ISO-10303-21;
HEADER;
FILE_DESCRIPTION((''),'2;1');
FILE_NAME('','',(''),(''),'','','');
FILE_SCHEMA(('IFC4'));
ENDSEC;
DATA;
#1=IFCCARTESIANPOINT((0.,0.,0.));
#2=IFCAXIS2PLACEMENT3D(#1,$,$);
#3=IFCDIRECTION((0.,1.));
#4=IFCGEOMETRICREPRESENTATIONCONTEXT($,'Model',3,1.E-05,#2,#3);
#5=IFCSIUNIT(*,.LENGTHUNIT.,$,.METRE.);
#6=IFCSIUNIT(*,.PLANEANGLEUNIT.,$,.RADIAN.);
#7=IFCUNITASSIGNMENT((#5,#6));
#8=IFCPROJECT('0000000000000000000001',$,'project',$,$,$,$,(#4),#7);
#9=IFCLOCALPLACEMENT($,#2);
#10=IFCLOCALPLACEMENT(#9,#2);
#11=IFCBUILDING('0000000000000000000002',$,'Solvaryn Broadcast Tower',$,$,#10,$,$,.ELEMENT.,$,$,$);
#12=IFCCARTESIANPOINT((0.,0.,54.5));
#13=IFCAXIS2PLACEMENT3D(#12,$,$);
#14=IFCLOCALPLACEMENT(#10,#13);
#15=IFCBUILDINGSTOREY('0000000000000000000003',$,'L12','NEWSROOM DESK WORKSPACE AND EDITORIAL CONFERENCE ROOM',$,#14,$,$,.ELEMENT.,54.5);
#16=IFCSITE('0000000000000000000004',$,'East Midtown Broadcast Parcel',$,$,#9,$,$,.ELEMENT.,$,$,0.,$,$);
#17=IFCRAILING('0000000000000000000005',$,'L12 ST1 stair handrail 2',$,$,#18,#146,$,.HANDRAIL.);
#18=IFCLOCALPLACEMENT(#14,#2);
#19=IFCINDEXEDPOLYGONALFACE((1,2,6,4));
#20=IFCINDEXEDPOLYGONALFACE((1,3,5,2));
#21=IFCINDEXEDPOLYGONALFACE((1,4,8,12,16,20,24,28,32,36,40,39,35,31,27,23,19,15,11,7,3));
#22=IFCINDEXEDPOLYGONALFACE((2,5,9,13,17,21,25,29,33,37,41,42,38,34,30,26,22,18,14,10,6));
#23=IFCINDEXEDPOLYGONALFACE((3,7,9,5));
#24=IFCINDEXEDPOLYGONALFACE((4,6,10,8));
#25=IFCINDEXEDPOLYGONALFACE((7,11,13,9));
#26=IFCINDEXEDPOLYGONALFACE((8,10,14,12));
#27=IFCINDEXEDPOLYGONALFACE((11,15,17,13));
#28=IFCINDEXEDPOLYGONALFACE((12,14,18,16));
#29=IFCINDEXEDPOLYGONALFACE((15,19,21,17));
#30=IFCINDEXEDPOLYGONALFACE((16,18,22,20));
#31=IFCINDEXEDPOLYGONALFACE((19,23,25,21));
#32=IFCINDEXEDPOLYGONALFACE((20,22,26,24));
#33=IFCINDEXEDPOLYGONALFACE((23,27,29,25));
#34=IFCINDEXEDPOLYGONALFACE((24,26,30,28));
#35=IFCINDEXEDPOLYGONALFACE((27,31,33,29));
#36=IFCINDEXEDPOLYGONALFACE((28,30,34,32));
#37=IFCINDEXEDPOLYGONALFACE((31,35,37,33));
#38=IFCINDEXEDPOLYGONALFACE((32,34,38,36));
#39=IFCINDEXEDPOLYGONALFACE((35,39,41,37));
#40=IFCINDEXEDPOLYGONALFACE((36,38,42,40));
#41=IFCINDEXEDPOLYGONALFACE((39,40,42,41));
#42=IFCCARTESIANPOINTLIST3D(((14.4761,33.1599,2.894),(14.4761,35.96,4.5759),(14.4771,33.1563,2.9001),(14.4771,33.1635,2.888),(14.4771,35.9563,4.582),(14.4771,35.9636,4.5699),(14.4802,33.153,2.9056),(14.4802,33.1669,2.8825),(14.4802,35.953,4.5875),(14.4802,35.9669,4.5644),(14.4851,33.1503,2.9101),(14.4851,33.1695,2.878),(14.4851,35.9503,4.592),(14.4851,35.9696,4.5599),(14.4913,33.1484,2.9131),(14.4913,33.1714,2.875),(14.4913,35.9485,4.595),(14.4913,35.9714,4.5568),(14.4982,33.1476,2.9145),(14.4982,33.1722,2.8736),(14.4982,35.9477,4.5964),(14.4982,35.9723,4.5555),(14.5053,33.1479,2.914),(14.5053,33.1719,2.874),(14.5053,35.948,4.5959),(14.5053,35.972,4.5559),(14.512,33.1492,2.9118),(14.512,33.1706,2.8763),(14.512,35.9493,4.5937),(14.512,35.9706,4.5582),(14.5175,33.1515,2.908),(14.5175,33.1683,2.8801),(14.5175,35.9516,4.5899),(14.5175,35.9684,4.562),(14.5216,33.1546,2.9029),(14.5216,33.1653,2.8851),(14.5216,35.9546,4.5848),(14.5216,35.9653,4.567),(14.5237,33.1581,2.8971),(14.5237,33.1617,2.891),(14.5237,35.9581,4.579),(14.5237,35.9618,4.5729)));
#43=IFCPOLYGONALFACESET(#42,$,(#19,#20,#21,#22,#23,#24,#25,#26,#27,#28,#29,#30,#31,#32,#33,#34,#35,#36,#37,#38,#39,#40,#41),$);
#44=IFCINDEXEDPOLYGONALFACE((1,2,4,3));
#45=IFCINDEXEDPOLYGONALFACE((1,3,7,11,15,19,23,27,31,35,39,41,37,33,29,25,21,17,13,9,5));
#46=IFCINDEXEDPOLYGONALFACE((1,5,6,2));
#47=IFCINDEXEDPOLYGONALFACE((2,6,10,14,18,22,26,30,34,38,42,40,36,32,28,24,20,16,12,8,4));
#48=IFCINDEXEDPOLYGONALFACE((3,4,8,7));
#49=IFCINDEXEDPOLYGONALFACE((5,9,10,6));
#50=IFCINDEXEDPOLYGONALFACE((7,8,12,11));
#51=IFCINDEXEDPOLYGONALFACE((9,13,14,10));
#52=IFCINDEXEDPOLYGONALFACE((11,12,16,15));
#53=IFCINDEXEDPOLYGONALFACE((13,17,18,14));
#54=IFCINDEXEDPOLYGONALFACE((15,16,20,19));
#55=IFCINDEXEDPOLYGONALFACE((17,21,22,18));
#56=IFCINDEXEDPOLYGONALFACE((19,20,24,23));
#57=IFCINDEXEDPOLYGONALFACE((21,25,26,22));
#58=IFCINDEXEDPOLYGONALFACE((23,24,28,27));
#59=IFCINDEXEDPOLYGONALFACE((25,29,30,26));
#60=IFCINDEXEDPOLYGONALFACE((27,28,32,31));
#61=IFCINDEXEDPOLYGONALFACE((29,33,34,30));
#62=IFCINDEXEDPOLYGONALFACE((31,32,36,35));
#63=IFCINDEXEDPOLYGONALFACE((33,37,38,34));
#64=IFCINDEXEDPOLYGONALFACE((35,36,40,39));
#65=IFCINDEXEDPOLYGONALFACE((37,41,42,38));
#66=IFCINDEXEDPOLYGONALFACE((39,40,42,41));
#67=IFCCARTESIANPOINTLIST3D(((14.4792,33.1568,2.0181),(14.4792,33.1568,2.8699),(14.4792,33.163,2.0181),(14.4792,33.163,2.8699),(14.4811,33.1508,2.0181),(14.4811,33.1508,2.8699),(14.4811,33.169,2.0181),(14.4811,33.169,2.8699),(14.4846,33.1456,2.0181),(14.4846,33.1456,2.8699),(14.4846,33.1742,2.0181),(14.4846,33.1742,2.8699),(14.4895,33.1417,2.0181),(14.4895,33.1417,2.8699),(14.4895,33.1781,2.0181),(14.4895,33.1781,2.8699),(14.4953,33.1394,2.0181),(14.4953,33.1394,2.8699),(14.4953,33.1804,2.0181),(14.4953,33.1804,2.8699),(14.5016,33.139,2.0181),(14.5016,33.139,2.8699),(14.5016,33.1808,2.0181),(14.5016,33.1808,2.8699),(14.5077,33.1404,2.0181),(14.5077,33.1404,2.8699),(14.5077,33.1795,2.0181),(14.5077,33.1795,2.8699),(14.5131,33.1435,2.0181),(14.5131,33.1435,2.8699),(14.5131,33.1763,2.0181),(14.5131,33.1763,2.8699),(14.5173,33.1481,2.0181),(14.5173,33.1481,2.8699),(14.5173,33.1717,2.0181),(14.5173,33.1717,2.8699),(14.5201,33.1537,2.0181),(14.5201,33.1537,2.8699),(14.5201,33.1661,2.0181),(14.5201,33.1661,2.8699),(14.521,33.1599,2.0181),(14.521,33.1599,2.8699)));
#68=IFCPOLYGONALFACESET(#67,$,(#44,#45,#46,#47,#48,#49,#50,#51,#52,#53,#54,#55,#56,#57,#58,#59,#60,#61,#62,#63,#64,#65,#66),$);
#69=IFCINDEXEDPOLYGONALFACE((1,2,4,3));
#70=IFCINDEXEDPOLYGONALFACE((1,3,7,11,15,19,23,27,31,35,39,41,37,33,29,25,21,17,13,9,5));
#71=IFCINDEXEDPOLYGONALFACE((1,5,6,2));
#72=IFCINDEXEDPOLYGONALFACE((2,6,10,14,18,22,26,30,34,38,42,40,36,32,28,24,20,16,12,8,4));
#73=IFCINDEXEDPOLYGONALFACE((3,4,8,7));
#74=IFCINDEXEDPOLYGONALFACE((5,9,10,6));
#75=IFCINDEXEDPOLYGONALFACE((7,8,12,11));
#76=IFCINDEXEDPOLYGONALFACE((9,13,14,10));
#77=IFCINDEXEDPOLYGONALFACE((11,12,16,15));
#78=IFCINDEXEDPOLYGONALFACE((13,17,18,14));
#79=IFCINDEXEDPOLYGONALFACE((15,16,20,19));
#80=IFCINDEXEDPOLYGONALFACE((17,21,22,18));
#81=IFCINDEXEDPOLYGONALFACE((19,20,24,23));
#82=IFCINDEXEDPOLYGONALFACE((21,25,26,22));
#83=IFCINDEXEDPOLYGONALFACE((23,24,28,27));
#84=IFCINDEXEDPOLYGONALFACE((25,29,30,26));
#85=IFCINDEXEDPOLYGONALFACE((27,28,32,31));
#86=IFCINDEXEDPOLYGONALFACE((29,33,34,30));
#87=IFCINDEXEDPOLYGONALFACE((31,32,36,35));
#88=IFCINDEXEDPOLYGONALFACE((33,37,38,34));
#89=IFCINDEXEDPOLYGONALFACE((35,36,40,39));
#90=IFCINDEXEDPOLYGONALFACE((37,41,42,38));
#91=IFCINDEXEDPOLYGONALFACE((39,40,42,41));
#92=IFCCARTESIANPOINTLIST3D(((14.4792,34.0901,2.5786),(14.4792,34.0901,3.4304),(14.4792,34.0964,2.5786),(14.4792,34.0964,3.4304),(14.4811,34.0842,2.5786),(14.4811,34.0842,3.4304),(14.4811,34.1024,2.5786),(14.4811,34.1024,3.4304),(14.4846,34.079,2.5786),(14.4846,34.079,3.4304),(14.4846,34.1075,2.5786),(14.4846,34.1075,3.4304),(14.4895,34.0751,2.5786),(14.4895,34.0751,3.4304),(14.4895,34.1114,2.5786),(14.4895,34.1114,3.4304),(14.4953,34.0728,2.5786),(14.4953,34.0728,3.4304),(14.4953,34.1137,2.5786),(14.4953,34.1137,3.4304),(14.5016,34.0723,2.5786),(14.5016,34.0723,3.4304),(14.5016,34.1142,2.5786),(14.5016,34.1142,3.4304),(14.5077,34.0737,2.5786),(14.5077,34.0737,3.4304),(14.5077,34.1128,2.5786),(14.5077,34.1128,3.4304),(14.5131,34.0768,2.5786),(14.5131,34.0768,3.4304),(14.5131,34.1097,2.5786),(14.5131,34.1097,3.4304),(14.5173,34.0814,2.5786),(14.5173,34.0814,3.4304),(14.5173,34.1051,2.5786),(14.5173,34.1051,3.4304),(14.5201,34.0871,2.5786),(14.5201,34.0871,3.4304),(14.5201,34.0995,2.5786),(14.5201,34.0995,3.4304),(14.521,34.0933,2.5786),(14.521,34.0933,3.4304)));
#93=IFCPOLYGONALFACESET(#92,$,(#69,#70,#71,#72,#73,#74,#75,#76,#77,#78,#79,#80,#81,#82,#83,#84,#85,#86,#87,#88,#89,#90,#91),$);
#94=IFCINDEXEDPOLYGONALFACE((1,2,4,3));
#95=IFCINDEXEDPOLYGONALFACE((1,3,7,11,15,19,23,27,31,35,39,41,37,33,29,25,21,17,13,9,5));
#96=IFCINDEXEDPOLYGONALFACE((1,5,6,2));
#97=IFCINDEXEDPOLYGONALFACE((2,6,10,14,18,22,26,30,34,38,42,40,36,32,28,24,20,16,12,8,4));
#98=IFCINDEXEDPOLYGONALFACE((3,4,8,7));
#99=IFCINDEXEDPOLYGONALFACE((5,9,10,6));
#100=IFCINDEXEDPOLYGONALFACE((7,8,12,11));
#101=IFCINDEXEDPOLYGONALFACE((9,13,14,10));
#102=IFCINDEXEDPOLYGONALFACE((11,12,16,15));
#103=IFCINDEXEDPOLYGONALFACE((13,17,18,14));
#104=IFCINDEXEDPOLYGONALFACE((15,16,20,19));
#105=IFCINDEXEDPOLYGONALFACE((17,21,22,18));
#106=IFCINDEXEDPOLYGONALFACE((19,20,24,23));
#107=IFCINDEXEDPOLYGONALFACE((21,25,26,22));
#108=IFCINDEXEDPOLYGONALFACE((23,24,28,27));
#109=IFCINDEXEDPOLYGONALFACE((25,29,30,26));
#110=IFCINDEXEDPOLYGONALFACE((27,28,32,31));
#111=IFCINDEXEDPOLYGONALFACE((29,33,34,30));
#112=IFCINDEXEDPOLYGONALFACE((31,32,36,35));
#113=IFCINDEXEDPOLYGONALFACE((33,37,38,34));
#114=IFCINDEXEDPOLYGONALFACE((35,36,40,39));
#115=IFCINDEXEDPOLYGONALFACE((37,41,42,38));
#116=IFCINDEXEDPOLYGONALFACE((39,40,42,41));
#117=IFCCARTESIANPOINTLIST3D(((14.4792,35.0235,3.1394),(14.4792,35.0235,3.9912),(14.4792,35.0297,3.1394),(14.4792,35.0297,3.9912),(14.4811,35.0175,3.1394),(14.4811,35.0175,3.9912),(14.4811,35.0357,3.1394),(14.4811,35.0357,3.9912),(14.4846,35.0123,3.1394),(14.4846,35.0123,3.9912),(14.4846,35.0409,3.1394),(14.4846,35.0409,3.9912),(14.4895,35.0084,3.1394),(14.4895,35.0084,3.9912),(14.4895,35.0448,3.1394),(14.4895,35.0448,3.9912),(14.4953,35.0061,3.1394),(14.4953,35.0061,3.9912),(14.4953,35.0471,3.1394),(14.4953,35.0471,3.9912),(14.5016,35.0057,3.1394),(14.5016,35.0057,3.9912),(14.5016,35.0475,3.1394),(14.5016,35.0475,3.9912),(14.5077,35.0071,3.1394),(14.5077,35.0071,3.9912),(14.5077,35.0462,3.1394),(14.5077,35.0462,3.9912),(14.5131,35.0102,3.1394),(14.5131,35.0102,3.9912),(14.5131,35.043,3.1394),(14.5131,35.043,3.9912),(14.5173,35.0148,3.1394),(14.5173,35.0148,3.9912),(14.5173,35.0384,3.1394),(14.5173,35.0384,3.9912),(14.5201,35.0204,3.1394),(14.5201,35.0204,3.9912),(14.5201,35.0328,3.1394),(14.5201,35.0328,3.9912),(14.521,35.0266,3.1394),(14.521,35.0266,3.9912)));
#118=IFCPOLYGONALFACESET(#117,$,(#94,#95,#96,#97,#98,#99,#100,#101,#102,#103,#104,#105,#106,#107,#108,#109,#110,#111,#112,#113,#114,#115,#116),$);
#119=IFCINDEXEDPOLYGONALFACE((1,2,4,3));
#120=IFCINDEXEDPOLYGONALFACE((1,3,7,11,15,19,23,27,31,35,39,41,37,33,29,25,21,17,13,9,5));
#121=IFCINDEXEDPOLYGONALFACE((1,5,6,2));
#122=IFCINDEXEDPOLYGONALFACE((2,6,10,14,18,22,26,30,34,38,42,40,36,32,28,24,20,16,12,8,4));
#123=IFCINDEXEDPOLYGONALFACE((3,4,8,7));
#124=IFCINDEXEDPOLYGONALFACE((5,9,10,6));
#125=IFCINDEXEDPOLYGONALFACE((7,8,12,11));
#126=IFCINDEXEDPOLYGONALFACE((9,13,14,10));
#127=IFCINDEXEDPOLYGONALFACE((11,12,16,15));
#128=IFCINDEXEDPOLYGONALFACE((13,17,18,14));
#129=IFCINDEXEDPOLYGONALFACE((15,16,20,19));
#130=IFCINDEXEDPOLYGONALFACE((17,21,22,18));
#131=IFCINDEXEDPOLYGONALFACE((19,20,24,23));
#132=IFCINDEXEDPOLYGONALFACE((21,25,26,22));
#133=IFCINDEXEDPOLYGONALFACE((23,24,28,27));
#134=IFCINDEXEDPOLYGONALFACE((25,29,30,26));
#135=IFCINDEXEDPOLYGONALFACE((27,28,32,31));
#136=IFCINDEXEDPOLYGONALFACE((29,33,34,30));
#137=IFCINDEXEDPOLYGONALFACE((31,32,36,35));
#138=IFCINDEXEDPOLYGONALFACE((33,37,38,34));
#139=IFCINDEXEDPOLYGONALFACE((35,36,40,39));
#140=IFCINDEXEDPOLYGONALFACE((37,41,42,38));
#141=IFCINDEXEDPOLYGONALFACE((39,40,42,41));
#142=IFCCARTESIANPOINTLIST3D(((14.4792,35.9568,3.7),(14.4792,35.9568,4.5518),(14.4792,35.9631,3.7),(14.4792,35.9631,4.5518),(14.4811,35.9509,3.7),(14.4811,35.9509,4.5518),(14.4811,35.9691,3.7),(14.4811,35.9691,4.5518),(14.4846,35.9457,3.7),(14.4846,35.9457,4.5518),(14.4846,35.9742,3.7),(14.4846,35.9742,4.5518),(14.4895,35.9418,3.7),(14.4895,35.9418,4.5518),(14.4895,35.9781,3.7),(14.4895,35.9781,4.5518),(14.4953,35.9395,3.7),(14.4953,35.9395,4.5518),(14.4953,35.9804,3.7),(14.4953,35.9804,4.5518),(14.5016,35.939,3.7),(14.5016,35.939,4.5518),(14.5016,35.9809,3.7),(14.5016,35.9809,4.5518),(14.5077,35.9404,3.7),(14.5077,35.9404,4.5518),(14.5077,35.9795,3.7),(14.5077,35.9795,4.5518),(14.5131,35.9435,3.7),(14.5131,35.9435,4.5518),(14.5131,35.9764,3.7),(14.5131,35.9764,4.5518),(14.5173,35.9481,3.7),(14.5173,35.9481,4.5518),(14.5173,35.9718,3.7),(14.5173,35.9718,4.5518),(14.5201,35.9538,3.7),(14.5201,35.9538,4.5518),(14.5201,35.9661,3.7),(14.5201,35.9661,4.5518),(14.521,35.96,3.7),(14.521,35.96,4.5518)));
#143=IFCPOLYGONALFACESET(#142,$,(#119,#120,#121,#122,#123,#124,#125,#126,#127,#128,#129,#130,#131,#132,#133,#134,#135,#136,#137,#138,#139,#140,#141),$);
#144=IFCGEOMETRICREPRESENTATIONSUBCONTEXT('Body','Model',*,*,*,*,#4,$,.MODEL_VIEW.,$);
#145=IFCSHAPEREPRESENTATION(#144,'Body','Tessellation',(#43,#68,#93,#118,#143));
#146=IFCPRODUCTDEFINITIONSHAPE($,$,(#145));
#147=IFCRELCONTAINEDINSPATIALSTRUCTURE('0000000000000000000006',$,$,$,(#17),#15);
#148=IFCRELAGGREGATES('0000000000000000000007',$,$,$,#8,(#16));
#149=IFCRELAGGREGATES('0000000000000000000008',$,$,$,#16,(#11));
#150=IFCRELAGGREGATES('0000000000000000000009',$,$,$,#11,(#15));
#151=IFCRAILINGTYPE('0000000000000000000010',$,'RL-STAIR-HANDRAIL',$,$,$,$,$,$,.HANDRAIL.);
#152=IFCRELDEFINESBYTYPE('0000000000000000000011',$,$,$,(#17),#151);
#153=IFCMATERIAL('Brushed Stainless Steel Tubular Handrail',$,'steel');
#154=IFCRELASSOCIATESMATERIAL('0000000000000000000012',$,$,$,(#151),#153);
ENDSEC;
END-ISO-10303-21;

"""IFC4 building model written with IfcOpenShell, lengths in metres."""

from ifc_helpers import new_model, si_unit, direction, frame, origin, origin_2d, place, context, subcontext, project, spatial, circle, extrude, material, type_object, element, save


model = new_model("IFC4")

# Units and contexts
model_context = context("Model", 3, precision=1e-05, world=origin(), true_north=direction((0.0, 1.0)))
body_context = subcontext(model_context, "Body", "Model", "MODEL_VIEW")
ifc_project = project(units=[si_unit("LENGTHUNIT", "METRE"), si_unit("PLANEANGLEUNIT", "RADIAN")], contexts=[model_context])

# Site, building, storey
site_placement = place(None, origin())
site = spatial("IfcSite", under=ifc_project, at=site_placement, Name="East Midtown Broadcast Parcel", CompositionType="ELEMENT", RefElevation=0.0)
building_placement = place(site_placement, origin())
building = spatial("IfcBuilding", under=site, at=building_placement, Name="Solvaryn Broadcast Tower", CompositionType="ELEMENT")
storey_placement = place(building_placement, frame((0.0, 0.0, 54.5)))
storey = spatial("IfcBuildingStorey", under=building, at=storey_placement, Name="L12", Description="NEWSROOM DESK WORKSPACE AND EDITORIAL CONFERENCE ROOM", CompositionType="ELEMENT", Elevation=54.5)

# Railing
ifc_material_1 = material(Name="Brushed Stainless Steel Tubular Handrail", Category="steel")
railing_type_1 = type_object("IfcRailingType", Name="RL-STAIR-HANDRAIL", PredefinedType="HANDRAIL", material=ifc_material_1)
railing_1_placement = place(storey_placement, frame((14.5, 33.1599, 2.0181)))
element("IfcRailing", 1, at=railing_1_placement, inside=storey, type_object=railing_type_1, Name="L12 ST1 stair handrail 2", PredefinedType="HANDRAIL", context=body_context, shape_type="SweptSolid", body=[
    extrude(circle(Radius=0.0239, at=origin_2d()), frame((0.0, 0.0, 0.876), z_axis=(0.0, 0.857242, 0.514913), x_axis=(-1.0, 0.0, 0.0)), (0.0, 0.0, 1.0), 3.2664),
    extrude(circle(Radius=0.021, at=origin_2d()), origin(), (0.0, 0.0, 1.0), 0.8518),
    extrude(circle(Radius=0.021, at=origin_2d()), frame((0.0, 0.9333, 0.5605)), (0.0, 0.0, 1.0), 0.8518),
    extrude(circle(Radius=0.021, at=origin_2d()), frame((0.0, 1.8667, 1.1213)), (0.0, 0.0, 1.0), 0.8518),
    extrude(circle(Radius=0.021, at=origin_2d()), frame((0.0, 2.8, 1.6819)), (0.0, 0.0, 1.0), 0.8518),
])

save(model, "model.ifc")
